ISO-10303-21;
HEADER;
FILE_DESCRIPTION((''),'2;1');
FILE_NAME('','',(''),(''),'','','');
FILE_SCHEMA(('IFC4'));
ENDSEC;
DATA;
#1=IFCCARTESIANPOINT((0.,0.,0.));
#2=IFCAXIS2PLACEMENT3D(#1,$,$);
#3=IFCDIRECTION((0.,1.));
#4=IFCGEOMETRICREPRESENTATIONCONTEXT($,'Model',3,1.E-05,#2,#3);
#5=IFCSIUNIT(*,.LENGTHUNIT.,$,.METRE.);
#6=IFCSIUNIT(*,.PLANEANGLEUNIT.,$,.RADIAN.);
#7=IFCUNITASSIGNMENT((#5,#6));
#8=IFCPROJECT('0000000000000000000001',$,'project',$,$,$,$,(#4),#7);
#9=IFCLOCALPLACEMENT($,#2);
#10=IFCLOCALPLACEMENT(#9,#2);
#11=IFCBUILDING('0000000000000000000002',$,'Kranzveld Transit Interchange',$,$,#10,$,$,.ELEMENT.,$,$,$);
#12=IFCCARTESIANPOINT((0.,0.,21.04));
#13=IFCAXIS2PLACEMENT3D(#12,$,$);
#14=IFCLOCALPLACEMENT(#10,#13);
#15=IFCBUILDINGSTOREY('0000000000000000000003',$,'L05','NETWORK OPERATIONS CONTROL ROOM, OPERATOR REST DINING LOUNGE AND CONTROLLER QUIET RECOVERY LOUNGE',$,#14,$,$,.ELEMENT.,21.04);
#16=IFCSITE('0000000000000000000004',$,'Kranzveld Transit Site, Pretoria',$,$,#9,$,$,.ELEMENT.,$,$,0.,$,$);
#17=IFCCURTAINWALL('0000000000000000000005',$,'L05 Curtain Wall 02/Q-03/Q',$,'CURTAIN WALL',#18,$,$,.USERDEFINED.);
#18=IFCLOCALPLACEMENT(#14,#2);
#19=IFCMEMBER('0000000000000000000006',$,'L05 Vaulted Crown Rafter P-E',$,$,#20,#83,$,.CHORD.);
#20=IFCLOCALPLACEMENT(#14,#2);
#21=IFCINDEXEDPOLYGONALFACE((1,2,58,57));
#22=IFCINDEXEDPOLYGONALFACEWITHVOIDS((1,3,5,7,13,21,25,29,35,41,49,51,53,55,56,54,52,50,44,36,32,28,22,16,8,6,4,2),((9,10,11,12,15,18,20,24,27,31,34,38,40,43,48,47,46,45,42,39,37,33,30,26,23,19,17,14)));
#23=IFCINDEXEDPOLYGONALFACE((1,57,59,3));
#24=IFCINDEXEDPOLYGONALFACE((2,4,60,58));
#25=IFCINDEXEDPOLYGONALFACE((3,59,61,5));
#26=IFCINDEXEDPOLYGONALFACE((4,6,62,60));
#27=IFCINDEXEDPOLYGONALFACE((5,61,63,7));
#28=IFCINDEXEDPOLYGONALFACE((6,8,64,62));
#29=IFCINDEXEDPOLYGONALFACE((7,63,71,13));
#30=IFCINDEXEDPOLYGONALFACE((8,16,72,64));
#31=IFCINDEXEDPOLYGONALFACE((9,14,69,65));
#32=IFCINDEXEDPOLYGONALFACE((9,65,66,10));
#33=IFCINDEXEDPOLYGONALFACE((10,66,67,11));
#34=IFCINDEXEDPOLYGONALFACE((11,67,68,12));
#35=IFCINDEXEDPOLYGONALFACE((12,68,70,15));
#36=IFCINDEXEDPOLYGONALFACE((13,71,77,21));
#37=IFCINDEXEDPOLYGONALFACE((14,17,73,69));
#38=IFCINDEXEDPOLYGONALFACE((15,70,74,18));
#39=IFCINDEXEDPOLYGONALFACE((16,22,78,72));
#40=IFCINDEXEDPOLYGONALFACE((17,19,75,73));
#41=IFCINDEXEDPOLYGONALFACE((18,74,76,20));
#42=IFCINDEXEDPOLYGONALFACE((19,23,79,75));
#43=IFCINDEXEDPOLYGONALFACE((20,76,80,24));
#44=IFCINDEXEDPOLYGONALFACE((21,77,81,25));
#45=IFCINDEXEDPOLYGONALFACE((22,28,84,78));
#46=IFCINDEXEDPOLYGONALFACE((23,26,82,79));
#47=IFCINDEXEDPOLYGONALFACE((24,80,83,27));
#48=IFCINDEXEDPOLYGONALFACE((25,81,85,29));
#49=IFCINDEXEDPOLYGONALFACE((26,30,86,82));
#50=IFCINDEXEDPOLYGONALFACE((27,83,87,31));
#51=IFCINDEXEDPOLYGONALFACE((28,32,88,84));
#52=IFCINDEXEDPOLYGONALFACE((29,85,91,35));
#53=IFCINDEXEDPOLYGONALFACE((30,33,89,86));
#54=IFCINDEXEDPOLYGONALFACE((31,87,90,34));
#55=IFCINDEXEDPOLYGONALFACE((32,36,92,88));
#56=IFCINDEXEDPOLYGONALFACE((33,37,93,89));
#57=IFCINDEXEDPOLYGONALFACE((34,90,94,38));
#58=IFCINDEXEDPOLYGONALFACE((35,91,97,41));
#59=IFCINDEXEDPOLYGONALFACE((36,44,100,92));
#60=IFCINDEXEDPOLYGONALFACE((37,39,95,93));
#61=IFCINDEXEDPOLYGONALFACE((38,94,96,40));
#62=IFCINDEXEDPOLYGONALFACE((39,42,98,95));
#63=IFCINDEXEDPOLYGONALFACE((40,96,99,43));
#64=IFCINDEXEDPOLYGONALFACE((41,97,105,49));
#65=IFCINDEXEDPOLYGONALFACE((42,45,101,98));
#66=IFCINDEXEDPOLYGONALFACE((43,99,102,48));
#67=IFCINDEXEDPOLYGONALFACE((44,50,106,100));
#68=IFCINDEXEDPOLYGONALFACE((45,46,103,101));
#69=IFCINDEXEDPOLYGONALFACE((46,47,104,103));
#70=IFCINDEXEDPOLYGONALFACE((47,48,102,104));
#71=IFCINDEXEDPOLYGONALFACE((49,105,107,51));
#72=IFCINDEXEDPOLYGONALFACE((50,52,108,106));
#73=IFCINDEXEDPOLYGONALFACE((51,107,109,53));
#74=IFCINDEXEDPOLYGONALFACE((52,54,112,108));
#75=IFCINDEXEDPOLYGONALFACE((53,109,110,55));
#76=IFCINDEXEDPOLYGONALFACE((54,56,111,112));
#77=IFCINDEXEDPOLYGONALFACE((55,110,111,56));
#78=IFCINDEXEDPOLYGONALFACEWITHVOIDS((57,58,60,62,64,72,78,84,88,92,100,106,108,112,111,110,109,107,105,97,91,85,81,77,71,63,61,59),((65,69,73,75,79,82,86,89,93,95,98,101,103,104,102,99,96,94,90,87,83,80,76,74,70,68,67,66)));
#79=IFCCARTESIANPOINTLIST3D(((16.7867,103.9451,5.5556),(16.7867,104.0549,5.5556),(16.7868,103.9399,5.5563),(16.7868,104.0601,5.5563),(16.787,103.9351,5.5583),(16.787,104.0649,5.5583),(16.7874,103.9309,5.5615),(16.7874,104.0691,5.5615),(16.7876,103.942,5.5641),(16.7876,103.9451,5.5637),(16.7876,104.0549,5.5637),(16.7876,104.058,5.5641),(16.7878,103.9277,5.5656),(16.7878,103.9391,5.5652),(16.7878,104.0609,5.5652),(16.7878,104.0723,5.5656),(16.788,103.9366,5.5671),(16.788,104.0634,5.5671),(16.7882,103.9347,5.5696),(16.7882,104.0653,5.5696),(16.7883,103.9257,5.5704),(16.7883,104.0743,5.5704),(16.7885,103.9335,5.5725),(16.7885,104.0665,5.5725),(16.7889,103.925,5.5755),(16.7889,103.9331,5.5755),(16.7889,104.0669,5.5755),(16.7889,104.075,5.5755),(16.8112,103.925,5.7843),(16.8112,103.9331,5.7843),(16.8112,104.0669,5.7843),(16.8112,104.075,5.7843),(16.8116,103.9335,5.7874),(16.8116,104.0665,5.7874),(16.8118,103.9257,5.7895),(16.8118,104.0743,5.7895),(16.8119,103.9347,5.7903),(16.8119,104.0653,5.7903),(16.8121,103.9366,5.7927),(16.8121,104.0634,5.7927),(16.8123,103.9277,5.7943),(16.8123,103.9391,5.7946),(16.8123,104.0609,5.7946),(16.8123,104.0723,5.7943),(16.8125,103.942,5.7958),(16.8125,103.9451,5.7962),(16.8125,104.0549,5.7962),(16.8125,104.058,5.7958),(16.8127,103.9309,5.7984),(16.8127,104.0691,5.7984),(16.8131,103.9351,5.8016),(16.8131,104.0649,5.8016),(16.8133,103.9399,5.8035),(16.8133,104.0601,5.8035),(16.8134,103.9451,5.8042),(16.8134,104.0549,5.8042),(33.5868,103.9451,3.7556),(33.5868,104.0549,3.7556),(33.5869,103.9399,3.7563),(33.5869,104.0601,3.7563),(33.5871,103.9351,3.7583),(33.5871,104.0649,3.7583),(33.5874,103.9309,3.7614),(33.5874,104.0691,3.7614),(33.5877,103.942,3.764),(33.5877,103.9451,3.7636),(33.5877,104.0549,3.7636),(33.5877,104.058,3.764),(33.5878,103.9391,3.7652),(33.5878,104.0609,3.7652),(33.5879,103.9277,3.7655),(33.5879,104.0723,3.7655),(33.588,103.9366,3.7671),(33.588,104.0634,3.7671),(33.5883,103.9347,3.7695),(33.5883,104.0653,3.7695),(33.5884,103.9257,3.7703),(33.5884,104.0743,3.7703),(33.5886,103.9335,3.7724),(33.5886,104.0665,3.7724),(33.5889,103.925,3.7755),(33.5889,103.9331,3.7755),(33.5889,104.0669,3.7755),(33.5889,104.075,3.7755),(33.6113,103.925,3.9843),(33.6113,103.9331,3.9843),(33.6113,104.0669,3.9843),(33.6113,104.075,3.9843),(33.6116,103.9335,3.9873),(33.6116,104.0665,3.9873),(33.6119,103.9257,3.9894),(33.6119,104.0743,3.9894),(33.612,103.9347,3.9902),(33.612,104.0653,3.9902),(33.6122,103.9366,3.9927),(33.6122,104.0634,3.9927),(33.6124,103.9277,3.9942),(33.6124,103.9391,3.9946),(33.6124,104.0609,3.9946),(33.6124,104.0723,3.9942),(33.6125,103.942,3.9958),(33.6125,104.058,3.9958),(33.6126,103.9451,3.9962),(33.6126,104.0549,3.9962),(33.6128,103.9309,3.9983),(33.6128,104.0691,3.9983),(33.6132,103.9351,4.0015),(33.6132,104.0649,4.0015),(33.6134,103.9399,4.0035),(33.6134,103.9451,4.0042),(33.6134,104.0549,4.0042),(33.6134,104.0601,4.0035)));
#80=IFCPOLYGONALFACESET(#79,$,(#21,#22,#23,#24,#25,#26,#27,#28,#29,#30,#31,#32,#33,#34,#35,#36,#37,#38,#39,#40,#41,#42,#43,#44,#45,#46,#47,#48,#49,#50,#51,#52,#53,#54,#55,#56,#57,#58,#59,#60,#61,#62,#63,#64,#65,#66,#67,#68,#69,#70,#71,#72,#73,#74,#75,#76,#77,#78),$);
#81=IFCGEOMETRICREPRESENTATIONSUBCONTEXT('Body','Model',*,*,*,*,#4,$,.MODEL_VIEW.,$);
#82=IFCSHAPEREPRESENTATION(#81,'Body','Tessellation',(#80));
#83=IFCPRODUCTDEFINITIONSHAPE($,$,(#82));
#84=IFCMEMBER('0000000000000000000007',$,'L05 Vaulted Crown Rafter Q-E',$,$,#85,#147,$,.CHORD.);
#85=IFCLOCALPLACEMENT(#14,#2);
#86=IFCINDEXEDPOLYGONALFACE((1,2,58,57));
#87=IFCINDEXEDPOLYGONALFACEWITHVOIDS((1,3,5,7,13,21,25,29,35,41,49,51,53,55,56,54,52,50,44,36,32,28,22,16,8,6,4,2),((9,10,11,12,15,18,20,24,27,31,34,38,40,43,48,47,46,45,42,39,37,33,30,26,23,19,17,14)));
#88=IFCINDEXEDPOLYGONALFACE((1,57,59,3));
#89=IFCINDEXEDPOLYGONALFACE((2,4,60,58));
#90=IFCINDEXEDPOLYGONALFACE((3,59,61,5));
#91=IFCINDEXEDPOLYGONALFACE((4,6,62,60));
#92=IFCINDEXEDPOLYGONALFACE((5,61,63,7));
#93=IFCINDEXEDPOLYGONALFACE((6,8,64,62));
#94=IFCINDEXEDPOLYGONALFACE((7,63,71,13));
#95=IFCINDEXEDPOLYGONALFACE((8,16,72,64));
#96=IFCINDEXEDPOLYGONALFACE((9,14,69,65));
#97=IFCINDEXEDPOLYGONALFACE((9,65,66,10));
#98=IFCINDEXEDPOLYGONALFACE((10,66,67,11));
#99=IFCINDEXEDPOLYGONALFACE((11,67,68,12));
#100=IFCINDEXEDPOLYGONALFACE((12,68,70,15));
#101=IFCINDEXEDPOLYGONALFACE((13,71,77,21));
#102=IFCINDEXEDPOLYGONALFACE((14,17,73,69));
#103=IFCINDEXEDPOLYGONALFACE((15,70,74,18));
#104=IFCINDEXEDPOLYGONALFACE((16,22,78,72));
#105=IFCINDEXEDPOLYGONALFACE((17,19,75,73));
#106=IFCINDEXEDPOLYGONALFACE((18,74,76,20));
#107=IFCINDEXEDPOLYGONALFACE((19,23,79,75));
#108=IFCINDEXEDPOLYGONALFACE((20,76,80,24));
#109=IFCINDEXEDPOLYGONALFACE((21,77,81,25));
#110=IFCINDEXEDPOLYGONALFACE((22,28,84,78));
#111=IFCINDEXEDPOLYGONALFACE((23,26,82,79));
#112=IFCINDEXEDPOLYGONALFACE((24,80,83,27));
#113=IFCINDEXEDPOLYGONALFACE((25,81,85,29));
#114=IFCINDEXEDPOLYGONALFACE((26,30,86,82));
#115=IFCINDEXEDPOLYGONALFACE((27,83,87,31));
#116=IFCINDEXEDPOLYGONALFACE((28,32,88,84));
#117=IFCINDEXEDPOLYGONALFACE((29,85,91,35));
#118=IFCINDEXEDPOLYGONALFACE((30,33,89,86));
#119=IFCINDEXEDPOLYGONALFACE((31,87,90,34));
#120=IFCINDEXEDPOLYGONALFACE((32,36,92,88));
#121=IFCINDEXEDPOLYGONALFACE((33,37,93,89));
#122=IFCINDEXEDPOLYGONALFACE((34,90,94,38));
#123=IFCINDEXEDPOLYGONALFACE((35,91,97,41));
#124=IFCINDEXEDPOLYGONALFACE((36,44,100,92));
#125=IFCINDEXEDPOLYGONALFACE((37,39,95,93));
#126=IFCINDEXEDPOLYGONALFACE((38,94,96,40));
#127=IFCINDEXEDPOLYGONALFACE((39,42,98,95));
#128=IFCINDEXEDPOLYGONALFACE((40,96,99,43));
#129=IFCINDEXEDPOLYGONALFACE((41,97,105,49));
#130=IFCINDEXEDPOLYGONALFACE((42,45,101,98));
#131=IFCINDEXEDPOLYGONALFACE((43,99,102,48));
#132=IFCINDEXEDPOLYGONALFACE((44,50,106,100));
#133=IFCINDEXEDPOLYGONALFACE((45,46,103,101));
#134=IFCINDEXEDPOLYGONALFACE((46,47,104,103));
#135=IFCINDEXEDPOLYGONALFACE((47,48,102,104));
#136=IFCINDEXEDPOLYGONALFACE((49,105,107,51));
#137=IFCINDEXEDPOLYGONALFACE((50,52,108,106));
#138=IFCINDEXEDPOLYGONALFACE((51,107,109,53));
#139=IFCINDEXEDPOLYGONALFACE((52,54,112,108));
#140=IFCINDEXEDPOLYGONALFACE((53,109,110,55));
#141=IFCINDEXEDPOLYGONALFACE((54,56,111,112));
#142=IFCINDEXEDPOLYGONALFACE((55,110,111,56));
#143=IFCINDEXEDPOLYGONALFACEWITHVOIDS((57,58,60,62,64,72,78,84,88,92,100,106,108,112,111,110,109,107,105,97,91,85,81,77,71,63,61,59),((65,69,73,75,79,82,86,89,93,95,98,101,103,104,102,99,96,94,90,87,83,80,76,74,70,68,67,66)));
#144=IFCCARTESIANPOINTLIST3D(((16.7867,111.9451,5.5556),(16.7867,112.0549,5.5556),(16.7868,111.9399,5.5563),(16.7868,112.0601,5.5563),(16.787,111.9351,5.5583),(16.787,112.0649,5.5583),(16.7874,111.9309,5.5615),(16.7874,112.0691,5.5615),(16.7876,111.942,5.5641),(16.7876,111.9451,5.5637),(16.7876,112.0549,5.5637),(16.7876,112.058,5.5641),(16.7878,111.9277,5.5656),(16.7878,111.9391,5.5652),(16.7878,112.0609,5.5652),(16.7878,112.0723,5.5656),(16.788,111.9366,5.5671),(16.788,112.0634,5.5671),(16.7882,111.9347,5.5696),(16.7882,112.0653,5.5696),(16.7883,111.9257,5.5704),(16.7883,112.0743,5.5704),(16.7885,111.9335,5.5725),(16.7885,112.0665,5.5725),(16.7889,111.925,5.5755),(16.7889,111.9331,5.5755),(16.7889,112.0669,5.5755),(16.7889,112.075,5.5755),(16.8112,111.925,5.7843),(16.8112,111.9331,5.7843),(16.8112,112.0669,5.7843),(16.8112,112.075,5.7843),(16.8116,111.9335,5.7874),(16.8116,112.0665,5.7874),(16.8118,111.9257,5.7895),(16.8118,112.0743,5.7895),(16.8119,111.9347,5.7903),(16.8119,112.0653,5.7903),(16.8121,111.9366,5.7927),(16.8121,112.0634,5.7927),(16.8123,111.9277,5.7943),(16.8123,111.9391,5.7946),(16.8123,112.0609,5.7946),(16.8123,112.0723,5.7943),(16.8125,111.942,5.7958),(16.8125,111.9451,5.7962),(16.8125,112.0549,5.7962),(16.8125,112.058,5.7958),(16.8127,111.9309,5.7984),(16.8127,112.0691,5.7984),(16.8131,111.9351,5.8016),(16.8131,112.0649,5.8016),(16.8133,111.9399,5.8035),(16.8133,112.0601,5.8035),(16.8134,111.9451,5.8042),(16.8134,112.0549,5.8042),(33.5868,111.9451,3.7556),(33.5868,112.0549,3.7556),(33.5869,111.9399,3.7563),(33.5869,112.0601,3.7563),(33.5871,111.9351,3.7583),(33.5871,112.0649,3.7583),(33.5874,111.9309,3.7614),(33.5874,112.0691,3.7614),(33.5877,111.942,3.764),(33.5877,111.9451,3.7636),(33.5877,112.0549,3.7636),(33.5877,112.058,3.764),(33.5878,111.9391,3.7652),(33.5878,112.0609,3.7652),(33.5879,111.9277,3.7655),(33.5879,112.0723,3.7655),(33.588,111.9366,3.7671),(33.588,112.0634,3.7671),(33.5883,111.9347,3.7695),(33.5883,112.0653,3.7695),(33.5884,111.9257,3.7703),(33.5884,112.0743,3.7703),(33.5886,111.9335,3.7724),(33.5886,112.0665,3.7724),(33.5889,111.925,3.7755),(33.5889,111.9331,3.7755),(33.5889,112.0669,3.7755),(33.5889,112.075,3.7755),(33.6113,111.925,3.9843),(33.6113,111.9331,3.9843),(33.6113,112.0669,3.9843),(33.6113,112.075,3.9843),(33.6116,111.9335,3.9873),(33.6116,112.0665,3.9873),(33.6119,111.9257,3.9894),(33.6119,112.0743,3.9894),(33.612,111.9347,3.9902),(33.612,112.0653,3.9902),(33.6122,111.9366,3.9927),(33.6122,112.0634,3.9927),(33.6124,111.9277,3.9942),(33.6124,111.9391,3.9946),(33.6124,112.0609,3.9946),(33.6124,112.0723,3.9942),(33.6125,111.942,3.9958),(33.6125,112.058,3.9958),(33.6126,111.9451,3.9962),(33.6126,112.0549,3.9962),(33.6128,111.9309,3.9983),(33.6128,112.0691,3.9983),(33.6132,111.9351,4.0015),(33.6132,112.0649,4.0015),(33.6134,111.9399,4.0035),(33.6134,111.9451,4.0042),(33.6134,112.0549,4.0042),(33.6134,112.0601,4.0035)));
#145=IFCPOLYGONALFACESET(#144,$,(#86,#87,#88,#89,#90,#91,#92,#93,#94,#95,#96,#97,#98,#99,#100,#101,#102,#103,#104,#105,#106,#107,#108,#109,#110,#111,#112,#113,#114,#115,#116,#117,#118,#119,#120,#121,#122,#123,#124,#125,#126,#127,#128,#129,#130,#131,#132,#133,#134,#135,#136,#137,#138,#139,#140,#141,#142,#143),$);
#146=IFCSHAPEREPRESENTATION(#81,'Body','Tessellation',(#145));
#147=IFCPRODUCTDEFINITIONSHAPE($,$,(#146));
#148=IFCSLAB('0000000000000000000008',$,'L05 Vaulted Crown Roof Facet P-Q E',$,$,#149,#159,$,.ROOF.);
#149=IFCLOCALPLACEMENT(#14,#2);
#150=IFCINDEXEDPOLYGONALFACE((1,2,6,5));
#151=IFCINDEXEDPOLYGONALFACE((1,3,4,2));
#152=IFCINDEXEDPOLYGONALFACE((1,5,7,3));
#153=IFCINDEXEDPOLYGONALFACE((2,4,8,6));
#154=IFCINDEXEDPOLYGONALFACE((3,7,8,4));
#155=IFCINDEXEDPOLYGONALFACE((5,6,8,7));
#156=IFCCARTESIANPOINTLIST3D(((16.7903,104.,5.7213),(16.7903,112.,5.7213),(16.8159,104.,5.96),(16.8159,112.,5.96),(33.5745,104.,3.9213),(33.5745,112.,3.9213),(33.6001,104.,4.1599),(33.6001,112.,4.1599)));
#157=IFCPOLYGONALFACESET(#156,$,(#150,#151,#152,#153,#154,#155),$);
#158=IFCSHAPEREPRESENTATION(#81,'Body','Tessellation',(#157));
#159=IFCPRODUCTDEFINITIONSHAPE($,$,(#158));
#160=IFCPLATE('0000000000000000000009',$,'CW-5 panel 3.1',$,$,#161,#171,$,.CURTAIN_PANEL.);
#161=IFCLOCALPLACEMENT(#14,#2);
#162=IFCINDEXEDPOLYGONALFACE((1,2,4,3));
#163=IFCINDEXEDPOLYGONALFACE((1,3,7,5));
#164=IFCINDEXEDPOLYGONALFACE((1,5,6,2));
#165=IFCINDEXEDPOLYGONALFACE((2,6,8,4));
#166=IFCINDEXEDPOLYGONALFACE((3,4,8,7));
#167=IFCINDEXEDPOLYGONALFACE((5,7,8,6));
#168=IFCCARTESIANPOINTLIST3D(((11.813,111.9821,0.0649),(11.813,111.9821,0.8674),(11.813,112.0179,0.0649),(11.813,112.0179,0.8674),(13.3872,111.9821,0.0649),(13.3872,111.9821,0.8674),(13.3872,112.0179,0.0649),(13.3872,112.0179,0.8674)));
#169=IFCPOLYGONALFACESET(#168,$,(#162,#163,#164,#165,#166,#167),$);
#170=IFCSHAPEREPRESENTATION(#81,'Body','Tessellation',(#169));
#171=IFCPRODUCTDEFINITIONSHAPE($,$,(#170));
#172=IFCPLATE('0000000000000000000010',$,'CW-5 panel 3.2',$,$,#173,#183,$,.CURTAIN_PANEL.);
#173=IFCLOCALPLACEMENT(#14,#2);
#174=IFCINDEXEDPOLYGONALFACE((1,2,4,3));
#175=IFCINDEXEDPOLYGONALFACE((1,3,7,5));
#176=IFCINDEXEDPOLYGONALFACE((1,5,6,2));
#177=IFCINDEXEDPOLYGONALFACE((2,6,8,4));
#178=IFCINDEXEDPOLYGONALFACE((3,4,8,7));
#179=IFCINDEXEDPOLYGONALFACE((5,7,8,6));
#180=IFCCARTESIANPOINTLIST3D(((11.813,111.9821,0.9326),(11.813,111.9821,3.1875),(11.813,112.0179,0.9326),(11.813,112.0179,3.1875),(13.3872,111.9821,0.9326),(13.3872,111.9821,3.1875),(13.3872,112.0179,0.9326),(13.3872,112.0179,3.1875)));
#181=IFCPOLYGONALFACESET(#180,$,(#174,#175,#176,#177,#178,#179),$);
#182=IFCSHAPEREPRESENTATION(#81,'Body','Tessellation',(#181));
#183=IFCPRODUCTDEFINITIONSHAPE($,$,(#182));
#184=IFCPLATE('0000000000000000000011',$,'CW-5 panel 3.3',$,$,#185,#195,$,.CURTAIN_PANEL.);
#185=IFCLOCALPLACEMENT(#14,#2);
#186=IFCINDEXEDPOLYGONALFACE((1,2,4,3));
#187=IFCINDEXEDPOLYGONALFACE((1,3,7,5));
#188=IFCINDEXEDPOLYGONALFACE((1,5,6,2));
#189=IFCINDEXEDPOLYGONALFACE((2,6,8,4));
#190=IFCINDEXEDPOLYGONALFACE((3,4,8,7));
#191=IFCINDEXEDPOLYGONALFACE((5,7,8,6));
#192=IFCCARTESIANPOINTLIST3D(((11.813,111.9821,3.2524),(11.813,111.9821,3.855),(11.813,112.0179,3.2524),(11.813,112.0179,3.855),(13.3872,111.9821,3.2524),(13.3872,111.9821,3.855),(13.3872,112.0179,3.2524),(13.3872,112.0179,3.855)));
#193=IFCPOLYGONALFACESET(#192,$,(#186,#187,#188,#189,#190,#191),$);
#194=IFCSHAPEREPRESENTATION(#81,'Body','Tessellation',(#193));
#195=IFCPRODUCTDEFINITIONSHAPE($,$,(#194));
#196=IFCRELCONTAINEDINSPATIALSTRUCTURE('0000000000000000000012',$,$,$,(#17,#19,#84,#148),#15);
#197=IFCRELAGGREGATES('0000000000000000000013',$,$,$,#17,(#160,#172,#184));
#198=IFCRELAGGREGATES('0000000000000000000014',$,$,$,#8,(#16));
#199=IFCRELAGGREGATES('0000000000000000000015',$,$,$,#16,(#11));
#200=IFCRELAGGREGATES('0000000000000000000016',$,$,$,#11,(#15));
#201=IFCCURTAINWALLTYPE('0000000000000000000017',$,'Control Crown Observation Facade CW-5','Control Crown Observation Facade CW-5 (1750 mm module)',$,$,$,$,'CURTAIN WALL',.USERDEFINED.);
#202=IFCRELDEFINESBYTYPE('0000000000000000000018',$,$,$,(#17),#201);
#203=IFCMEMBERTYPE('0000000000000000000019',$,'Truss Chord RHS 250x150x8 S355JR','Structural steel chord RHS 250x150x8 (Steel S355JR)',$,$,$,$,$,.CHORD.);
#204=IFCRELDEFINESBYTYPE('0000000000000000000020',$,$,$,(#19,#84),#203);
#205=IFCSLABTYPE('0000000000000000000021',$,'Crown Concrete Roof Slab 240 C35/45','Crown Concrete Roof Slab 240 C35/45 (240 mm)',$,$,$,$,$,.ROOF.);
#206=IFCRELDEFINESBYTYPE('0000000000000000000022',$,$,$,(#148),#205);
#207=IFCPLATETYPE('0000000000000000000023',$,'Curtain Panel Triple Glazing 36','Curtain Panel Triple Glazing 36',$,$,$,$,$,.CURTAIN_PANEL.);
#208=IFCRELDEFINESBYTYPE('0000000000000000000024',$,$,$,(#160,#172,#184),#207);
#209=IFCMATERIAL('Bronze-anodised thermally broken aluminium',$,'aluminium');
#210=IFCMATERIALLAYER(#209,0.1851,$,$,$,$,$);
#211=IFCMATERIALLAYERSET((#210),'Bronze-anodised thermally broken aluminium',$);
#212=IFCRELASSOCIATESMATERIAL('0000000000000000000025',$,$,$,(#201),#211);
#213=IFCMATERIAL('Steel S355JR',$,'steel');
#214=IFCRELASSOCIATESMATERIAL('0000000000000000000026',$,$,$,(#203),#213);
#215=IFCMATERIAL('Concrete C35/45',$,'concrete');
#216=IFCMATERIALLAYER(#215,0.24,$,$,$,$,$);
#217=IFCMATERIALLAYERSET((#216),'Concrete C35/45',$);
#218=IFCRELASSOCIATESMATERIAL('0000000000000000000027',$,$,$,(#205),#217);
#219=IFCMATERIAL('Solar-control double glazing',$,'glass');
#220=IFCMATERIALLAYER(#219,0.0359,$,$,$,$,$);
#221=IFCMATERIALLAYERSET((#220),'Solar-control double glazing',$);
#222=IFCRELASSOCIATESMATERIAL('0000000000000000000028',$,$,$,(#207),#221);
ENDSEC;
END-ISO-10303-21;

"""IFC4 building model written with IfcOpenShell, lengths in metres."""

from ifc_helpers import new_model, si_unit, direction, frame, origin, origin_2d, place, context, subcontext, project, spatial, polyline, rectangle, hollow_rectangle, outline, extrude, material, layer, layer_set, material_profile, profile_set, type_object, element, aggregate, save


model = new_model("IFC4")

# Units and contexts
model_context = context("Model", 3, precision=1e-05, world=origin(), true_north=direction((0.0, 1.0)))
body_context = subcontext(model_context, "Body", "Model", "MODEL_VIEW")
ifc_project = project(units=[si_unit("LENGTHUNIT", "METRE"), si_unit("PLANEANGLEUNIT", "RADIAN")], contexts=[model_context])

# Site, building, storey
site_placement = place(None, origin())
site = spatial("IfcSite", under=ifc_project, at=site_placement, Name="Kranzveld Transit Site, Pretoria", CompositionType="ELEMENT", RefElevation=0.0)
building_placement = place(site_placement, origin())
building = spatial("IfcBuilding", under=site, at=building_placement, Name="Kranzveld Transit Interchange", CompositionType="ELEMENT")
storey_placement = place(building_placement, frame((0.0, 0.0, 21.04)))
storey = spatial("IfcBuildingStorey", under=building, at=storey_placement, Name="L05", Description="NETWORK OPERATIONS CONTROL ROOM, OPERATOR REST DINING LOUNGE AND CONTROLLER QUIET RECOVERY LOUNGE", CompositionType="ELEMENT", Elevation=21.04)

# Curtain wall
ifc_material_1 = material(Name="Bronze-anodised thermally broken aluminium", Category="aluminium")
ifc_layer_1 = layer(ifc_material_1, 0.1851)
ifc_layer_set_1 = layer_set([ifc_layer_1], Name="Bronze-anodised thermally broken aluminium")
curtain_wall_type = type_object("IfcCurtainWallType", Name="Control Crown Observation Facade CW-5", Description="Control Crown Observation Facade CW-5 (1750 mm module)", ElementType="CURTAIN WALL", PredefinedType="USERDEFINED", material=ifc_layer_set_1)
curtain_wall_1_placement = place(storey_placement, origin())
curtain_wall_1 = element("IfcCurtainWall", 1, at=curtain_wall_1_placement, inside=storey, type_object=curtain_wall_type, Name="L05 Curtain Wall 02/Q-03/Q", ObjectType="CURTAIN WALL", PredefinedType="USERDEFINED")

# Members
ifc_material_2 = material(Name="Steel S355JR", Category="steel")
ifc_material_profile_1 = material_profile(ifc_material_2, hollow_rectangle(XDim=0.1499, YDim=0.25, WallThickness=0.0081, InnerFilletRadius=0.012, OuterFilletRadius=0.02, at=origin_2d()), Name="RHS 250x150x8")
ifc_profile_set_1 = profile_set([ifc_material_profile_1], Name="Steel S355JR")
member_type_1 = type_object("IfcMemberType", Name="Truss Chord RHS 250x150x8 S355JR", Description="Structural steel chord RHS 250x150x8 (Steel S355JR)", PredefinedType="CHORD", material=ifc_profile_set_1)
for number, where, z_axis, x_axis, name in (
    (2, (16.8, 104.0, 5.6799), (0.994309, 0.0, -0.106536), (0.0, 1.0, 0.0), "L05 Vaulted Crown Rafter P-E"),
    (3, (16.8, 112.0, 5.6799), (0.994309, 0.0, -0.106536), (0.0, 1.0, 0.0), "L05 Vaulted Crown Rafter Q-E"),
):
    element("IfcMember", number, at=place(storey_placement, frame(where, z_axis=z_axis, x_axis=x_axis)), inside=storey, type_object=member_type_1, Name=name, PredefinedType="CHORD", context=body_context, shape_type="SweptSolid", body=[
        extrude(hollow_rectangle(XDim=0.1499, YDim=0.25, WallThickness=0.0081, InnerFilletRadius=0.012, OuterFilletRadius=0.02, at=origin_2d()), origin(), (0.0, 0.0, 1.0), 16.8962),
    ])

# Slab
ifc_material_3 = material(Name="Concrete C35/45", Category="concrete")
ifc_layer_2 = layer(ifc_material_3, 0.24)
ifc_layer_set_2 = layer_set([ifc_layer_2], Name="Concrete C35/45")
slab_type = type_object("IfcSlabType", Name="Crown Concrete Roof Slab 240 C35/45", Description="Crown Concrete Roof Slab 240 C35/45 (240 mm)", PredefinedType="ROOF", material=ifc_layer_set_2)
slab_placement = place(storey_placement, frame((16.8159, 104.0, 5.96), z_axis=(0.106635, 0.0, 0.994298), x_axis=(0.994298, 0.0, -0.106635)))
element("IfcSlab", 4, at=slab_placement, inside=storey, type_object=slab_type, Name="L05 Vaulted Crown Roof Facet P-Q E", PredefinedType="ROOF", context=body_context, shape_type="SweptSolid", body=[
    extrude(outline(polyline([(0.0, 0.0), (16.8804, 0.0), (16.8804, 8.0), (0.0, 8.0), (0.0, 0.0)])), origin(), (0.0, 0.0, -1.0), 0.24),
])

# Plates
ifc_material_4 = material(Name="Solar-control double glazing", Category="glass")
ifc_layer_3 = layer(ifc_material_4, 0.0359)
ifc_layer_set_3 = layer_set([ifc_layer_3], Name="Solar-control double glazing")
plate_type = type_object("IfcPlateType", Name="Curtain Panel Triple Glazing 36", Description="Curtain Panel Triple Glazing 36", PredefinedType="CURTAIN_PANEL", material=ifc_layer_set_3)
plate_1_placement = place(storey_placement, frame((12.6001, 112.0, 0.0649), z_axis=(0.0, 0.0, 1.0), x_axis=(1.0, 0.0, 0.0)))
plate_1 = element("IfcPlate", 5, at=plate_1_placement, type_object=plate_type, Name="CW-5 panel 3.1", PredefinedType="CURTAIN_PANEL", context=body_context, shape_type="SweptSolid", body=[
    extrude(rectangle(XDim=1.5742, YDim=0.0359, at=origin_2d()), origin(), (0.0, 0.0, 1.0), 0.8025),
])
plate_2_placement = place(storey_placement, frame((12.6001, 112.0, 0.9326), z_axis=(0.0, 0.0, 1.0), x_axis=(1.0, 0.0, 0.0)))
plate_2 = element("IfcPlate", 6, at=plate_2_placement, type_object=plate_type, Name="CW-5 panel 3.2", PredefinedType="CURTAIN_PANEL", context=body_context, shape_type="SweptSolid", body=[
    extrude(rectangle(XDim=1.5742, YDim=0.0359, at=origin_2d()), origin(), (0.0, 0.0, 1.0), 2.2549),
])
plate_3_placement = place(storey_placement, frame((12.6001, 112.0, 3.2524), z_axis=(0.0, 0.0, 1.0), x_axis=(1.0, 0.0, 0.0)))
plate_3 = element("IfcPlate", 7, at=plate_3_placement, type_object=plate_type, Name="CW-5 panel 3.3", PredefinedType="CURTAIN_PANEL", context=body_context, shape_type="SweptSolid", body=[
    extrude(rectangle(XDim=1.5742, YDim=0.0359, at=origin_2d()), origin(), (0.0, 0.0, 1.0), 0.6025),
])
aggregate(curtain_wall_1, [plate_1, plate_2, plate_3])

save(model, "model.ifc")
